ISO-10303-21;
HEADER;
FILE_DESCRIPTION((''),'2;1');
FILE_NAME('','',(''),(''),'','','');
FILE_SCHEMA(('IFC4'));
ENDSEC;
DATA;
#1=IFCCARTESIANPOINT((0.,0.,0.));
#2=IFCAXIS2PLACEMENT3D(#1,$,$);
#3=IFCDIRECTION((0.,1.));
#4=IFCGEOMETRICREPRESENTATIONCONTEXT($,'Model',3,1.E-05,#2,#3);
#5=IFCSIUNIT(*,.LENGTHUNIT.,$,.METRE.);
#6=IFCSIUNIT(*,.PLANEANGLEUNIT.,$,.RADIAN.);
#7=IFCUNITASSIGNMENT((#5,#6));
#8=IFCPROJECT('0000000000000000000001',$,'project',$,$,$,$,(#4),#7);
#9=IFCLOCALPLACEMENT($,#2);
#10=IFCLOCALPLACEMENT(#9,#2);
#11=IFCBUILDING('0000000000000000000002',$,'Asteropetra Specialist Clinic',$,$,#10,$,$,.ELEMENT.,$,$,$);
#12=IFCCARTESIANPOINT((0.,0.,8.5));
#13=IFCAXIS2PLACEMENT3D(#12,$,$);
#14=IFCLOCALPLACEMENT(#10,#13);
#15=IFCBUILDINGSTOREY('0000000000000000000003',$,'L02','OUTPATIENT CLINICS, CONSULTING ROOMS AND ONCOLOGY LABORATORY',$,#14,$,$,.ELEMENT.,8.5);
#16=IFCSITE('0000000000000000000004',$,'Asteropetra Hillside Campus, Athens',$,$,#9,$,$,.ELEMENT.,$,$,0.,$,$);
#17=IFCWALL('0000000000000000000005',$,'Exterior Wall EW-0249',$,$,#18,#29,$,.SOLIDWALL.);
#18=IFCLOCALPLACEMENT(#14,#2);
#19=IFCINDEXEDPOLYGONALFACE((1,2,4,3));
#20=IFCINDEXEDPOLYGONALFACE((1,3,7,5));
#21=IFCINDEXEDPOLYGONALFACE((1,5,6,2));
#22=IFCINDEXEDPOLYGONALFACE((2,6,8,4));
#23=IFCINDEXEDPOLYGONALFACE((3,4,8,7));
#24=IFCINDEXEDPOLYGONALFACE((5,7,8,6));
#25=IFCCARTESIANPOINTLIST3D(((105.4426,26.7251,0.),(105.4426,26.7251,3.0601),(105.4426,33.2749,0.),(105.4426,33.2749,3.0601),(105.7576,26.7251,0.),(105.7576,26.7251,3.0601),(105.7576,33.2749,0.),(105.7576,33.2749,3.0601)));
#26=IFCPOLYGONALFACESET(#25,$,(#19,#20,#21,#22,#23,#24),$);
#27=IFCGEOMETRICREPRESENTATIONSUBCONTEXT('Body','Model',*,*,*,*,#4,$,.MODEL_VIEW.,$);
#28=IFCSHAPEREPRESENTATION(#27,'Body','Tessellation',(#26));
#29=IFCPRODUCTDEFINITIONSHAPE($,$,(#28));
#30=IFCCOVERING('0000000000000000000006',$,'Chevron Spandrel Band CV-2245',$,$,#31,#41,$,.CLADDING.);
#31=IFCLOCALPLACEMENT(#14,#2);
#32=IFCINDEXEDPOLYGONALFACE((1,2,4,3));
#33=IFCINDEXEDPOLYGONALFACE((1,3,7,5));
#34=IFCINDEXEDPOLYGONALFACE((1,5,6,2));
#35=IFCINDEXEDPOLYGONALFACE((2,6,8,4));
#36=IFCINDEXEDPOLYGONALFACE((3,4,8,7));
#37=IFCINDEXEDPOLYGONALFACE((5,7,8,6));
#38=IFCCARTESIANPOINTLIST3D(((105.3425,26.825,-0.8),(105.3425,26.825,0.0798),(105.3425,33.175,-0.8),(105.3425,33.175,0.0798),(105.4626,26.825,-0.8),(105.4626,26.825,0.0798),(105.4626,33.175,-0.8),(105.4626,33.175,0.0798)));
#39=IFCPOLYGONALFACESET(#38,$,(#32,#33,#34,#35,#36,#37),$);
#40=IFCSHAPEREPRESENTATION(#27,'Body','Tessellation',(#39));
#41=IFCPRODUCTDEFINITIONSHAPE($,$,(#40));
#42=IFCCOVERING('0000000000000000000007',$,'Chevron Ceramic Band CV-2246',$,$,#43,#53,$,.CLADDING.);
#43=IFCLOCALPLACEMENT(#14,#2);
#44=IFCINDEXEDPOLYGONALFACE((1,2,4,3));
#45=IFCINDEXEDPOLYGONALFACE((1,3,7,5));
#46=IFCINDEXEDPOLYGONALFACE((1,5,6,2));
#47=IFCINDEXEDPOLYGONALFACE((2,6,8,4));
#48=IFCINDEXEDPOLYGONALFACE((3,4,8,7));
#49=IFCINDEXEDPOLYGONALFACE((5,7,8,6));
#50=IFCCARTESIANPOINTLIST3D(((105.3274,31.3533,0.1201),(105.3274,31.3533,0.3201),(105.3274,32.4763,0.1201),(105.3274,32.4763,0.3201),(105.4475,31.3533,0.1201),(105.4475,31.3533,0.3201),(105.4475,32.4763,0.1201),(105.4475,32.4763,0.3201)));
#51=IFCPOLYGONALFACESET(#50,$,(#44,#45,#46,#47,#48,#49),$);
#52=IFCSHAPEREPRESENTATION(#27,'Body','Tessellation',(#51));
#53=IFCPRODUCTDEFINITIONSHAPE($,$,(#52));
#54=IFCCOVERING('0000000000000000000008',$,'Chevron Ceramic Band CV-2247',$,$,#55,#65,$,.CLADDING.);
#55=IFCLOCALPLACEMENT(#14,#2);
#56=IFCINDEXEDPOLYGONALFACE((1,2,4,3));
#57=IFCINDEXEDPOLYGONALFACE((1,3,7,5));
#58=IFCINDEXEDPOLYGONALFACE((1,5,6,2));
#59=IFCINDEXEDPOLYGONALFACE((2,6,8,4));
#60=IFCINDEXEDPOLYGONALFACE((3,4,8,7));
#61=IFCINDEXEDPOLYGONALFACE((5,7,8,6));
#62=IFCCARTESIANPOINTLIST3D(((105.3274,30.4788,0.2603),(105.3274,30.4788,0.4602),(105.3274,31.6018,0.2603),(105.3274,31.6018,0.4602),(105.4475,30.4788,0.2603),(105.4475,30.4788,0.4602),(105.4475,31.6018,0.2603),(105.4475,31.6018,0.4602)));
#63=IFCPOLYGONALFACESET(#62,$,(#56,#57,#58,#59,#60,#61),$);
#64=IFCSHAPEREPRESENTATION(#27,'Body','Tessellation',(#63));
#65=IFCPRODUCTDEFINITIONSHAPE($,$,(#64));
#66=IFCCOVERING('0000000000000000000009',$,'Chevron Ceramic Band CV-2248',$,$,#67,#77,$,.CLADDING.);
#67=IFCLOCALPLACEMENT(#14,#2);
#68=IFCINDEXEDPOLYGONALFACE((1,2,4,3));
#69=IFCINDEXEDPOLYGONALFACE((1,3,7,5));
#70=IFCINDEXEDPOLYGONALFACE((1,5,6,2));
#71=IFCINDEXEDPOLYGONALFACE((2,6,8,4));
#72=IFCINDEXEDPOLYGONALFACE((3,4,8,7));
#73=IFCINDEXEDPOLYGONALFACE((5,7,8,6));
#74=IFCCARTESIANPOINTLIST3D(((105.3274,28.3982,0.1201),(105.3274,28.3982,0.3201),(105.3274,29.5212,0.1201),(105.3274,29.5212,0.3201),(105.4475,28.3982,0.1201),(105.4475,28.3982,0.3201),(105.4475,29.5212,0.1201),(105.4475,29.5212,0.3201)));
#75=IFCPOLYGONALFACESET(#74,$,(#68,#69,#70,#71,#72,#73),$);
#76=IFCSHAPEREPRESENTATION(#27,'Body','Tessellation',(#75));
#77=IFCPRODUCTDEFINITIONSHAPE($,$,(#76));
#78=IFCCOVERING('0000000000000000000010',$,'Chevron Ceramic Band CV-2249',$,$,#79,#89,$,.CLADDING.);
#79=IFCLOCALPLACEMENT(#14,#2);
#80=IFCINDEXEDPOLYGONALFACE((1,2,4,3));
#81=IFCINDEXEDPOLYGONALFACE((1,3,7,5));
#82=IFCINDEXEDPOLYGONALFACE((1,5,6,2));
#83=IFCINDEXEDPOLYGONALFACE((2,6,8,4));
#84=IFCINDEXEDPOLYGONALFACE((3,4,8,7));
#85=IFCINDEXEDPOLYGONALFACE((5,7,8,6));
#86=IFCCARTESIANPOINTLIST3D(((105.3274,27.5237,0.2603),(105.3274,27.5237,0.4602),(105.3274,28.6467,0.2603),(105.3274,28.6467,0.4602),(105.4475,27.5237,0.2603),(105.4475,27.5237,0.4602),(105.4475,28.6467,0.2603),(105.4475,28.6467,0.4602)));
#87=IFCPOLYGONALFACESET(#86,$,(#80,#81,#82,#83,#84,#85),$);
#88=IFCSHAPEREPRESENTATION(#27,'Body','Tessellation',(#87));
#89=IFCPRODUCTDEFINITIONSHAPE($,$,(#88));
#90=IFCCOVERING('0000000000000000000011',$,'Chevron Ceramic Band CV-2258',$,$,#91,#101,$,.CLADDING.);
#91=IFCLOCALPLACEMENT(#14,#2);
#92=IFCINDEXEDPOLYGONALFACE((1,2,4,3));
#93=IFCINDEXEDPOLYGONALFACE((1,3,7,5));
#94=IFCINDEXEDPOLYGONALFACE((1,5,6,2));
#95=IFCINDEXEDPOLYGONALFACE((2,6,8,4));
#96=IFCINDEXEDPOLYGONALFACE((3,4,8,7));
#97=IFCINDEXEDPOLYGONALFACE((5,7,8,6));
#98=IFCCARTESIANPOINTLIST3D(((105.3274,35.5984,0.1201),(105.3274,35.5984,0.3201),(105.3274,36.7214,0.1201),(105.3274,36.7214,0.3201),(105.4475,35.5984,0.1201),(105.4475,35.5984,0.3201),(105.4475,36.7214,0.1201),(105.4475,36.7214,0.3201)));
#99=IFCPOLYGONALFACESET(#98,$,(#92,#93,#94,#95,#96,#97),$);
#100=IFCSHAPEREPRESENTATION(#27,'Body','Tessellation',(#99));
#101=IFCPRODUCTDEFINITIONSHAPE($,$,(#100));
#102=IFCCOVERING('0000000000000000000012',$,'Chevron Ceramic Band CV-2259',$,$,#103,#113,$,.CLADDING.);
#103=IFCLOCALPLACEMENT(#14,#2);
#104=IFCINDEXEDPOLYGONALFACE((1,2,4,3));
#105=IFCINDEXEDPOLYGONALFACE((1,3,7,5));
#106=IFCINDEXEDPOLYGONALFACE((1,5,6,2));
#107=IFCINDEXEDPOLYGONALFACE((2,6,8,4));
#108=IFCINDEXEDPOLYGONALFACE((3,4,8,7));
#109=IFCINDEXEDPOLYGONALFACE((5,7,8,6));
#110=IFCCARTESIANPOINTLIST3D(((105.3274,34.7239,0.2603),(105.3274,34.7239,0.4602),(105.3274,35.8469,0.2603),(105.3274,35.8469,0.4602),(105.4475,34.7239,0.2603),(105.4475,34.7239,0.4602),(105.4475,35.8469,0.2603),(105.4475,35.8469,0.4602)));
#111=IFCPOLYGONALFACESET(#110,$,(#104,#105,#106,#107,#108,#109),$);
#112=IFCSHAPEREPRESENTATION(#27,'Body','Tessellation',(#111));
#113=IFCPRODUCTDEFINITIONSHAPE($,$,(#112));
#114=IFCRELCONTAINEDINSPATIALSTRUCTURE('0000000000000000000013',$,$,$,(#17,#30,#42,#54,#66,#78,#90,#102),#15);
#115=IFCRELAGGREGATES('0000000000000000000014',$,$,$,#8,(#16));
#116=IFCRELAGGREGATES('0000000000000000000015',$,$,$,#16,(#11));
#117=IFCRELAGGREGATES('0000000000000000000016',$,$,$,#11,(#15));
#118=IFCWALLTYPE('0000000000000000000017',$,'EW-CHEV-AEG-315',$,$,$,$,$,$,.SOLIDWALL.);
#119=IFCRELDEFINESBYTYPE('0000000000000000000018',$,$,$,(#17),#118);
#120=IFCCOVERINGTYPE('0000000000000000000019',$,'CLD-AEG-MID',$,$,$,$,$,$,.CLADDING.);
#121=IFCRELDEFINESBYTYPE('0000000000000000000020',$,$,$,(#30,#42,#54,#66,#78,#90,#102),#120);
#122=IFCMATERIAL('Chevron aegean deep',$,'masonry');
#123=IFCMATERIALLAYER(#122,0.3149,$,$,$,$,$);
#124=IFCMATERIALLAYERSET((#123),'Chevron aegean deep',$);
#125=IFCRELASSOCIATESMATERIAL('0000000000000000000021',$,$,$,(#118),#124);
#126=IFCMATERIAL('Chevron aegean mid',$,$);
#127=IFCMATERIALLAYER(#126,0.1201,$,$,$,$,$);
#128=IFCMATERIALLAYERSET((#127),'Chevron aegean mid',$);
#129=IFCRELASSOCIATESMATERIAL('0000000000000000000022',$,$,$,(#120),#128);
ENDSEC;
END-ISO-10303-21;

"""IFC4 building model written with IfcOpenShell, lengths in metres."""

from ifc_helpers import new_model, si_unit, direction, frame, frame_2d, origin, origin_2d, place, context, subcontext, project, spatial, rectangle, extrude, material, layer, layer_set, type_object, element, save


model = new_model("IFC4")

# Units and contexts
model_context = context("Model", 3, precision=1e-05, world=origin(), true_north=direction((0.0, 1.0)))
body_context = subcontext(model_context, "Body", "Model", "MODEL_VIEW")
ifc_project = project(units=[si_unit("LENGTHUNIT", "METRE"), si_unit("PLANEANGLEUNIT", "RADIAN")], contexts=[model_context])

# Site, building, storey
site_placement = place(None, origin())
site = spatial("IfcSite", under=ifc_project, at=site_placement, Name="Asteropetra Hillside Campus, Athens", CompositionType="ELEMENT", RefElevation=0.0)
building_placement = place(site_placement, origin())
building = spatial("IfcBuilding", under=site, at=building_placement, Name="Asteropetra Specialist Clinic", CompositionType="ELEMENT")
storey_placement = place(building_placement, frame((0.0, 0.0, 8.5)))
storey = spatial("IfcBuildingStorey", under=building, at=storey_placement, Name="L02", Description="OUTPATIENT CLINICS, CONSULTING ROOMS AND ONCOLOGY LABORATORY", CompositionType="ELEMENT", Elevation=8.5)

# Wall
ifc_material_1 = material(Name="Chevron aegean deep", Category="masonry")
ifc_layer_1 = layer(ifc_material_1, 0.3149)
ifc_layer_set_1 = layer_set([ifc_layer_1], Name="Chevron aegean deep")
wall_type = type_object("IfcWallType", Name="EW-CHEV-AEG-315", PredefinedType="SOLIDWALL", material=ifc_layer_set_1)
wall_placement = place(storey_placement, frame((105.6001, 33.2749, 0.0), z_axis=(0.0, 0.0, 1.0), x_axis=(0.0, -1.0, 0.0)))
element("IfcWall", 1, at=wall_placement, inside=storey, type_object=wall_type, Name="Exterior Wall EW-0249", PredefinedType="SOLIDWALL", context=body_context, shape_type="SweptSolid", body=[
    extrude(rectangle(XDim=6.5498, YDim=0.3149, at=frame_2d((3.2749, 0.0))), origin(), (0.0, 0.0, 1.0), 3.0601),
])

# Coverings
ifc_material_2 = material(Name="Chevron aegean mid")
ifc_layer_2 = layer(ifc_material_2, 0.1201)
ifc_layer_set_2 = layer_set([ifc_layer_2], Name="Chevron aegean mid")
covering_type = type_object("IfcCoveringType", Name="CLD-AEG-MID", PredefinedType="CLADDING", material=ifc_layer_set_2)
covering_placement = place(storey_placement, frame((105.4026, 30.0, -0.8), z_axis=(0.0, 0.0, 1.0), x_axis=(1.0, 0.0, 0.0)))
element("IfcCovering", 2, at=covering_placement, inside=storey, type_object=covering_type, Name="Chevron Spandrel Band CV-2245", PredefinedType="CLADDING", context=body_context, shape_type="SweptSolid", body=[
    extrude(rectangle(XDim=0.1201, YDim=6.3501, at=origin_2d()), origin(), (0.0, 0.0, 1.0), 0.8799),
])
for number, where, z_axis, x_axis, name in (
    (3, (105.3875, 31.9148, 0.1201), (0.0, 0.0, 1.0), (1.0, 0.0, 0.0), "Chevron Ceramic Band CV-2246"),
    (4, (105.3875, 31.0403, 0.2603), (0.0, 0.0, 1.0), (1.0, 0.0, 0.0), "Chevron Ceramic Band CV-2247"),
    (5, (105.3875, 28.9597, 0.1201), (0.0, 0.0, 1.0), (1.0, 0.0, 0.0), "Chevron Ceramic Band CV-2248"),
    (6, (105.3875, 28.0852, 0.2603), (0.0, 0.0, 1.0), (1.0, 0.0, 0.0), "Chevron Ceramic Band CV-2249"),
    (7, (105.3875, 36.1599, 0.1201), (0.0, 0.0, 1.0), (1.0, 0.0, 0.0), "Chevron Ceramic Band CV-2258"),
    (8, (105.3875, 35.2854, 0.2603), (0.0, 0.0, 1.0), (1.0, 0.0, 0.0), "Chevron Ceramic Band CV-2259"),
):
    element("IfcCovering", number, at=place(storey_placement, frame(where, z_axis=z_axis, x_axis=x_axis)), inside=storey, type_object=covering_type, Name=name, PredefinedType="CLADDING", context=body_context, shape_type="SweptSolid", body=[
        extrude(rectangle(XDim=0.1201, YDim=1.123, at=origin_2d()), origin(), (0.0, 0.0, 1.0), 0.2),
    ])

save(model, "model.ifc")
